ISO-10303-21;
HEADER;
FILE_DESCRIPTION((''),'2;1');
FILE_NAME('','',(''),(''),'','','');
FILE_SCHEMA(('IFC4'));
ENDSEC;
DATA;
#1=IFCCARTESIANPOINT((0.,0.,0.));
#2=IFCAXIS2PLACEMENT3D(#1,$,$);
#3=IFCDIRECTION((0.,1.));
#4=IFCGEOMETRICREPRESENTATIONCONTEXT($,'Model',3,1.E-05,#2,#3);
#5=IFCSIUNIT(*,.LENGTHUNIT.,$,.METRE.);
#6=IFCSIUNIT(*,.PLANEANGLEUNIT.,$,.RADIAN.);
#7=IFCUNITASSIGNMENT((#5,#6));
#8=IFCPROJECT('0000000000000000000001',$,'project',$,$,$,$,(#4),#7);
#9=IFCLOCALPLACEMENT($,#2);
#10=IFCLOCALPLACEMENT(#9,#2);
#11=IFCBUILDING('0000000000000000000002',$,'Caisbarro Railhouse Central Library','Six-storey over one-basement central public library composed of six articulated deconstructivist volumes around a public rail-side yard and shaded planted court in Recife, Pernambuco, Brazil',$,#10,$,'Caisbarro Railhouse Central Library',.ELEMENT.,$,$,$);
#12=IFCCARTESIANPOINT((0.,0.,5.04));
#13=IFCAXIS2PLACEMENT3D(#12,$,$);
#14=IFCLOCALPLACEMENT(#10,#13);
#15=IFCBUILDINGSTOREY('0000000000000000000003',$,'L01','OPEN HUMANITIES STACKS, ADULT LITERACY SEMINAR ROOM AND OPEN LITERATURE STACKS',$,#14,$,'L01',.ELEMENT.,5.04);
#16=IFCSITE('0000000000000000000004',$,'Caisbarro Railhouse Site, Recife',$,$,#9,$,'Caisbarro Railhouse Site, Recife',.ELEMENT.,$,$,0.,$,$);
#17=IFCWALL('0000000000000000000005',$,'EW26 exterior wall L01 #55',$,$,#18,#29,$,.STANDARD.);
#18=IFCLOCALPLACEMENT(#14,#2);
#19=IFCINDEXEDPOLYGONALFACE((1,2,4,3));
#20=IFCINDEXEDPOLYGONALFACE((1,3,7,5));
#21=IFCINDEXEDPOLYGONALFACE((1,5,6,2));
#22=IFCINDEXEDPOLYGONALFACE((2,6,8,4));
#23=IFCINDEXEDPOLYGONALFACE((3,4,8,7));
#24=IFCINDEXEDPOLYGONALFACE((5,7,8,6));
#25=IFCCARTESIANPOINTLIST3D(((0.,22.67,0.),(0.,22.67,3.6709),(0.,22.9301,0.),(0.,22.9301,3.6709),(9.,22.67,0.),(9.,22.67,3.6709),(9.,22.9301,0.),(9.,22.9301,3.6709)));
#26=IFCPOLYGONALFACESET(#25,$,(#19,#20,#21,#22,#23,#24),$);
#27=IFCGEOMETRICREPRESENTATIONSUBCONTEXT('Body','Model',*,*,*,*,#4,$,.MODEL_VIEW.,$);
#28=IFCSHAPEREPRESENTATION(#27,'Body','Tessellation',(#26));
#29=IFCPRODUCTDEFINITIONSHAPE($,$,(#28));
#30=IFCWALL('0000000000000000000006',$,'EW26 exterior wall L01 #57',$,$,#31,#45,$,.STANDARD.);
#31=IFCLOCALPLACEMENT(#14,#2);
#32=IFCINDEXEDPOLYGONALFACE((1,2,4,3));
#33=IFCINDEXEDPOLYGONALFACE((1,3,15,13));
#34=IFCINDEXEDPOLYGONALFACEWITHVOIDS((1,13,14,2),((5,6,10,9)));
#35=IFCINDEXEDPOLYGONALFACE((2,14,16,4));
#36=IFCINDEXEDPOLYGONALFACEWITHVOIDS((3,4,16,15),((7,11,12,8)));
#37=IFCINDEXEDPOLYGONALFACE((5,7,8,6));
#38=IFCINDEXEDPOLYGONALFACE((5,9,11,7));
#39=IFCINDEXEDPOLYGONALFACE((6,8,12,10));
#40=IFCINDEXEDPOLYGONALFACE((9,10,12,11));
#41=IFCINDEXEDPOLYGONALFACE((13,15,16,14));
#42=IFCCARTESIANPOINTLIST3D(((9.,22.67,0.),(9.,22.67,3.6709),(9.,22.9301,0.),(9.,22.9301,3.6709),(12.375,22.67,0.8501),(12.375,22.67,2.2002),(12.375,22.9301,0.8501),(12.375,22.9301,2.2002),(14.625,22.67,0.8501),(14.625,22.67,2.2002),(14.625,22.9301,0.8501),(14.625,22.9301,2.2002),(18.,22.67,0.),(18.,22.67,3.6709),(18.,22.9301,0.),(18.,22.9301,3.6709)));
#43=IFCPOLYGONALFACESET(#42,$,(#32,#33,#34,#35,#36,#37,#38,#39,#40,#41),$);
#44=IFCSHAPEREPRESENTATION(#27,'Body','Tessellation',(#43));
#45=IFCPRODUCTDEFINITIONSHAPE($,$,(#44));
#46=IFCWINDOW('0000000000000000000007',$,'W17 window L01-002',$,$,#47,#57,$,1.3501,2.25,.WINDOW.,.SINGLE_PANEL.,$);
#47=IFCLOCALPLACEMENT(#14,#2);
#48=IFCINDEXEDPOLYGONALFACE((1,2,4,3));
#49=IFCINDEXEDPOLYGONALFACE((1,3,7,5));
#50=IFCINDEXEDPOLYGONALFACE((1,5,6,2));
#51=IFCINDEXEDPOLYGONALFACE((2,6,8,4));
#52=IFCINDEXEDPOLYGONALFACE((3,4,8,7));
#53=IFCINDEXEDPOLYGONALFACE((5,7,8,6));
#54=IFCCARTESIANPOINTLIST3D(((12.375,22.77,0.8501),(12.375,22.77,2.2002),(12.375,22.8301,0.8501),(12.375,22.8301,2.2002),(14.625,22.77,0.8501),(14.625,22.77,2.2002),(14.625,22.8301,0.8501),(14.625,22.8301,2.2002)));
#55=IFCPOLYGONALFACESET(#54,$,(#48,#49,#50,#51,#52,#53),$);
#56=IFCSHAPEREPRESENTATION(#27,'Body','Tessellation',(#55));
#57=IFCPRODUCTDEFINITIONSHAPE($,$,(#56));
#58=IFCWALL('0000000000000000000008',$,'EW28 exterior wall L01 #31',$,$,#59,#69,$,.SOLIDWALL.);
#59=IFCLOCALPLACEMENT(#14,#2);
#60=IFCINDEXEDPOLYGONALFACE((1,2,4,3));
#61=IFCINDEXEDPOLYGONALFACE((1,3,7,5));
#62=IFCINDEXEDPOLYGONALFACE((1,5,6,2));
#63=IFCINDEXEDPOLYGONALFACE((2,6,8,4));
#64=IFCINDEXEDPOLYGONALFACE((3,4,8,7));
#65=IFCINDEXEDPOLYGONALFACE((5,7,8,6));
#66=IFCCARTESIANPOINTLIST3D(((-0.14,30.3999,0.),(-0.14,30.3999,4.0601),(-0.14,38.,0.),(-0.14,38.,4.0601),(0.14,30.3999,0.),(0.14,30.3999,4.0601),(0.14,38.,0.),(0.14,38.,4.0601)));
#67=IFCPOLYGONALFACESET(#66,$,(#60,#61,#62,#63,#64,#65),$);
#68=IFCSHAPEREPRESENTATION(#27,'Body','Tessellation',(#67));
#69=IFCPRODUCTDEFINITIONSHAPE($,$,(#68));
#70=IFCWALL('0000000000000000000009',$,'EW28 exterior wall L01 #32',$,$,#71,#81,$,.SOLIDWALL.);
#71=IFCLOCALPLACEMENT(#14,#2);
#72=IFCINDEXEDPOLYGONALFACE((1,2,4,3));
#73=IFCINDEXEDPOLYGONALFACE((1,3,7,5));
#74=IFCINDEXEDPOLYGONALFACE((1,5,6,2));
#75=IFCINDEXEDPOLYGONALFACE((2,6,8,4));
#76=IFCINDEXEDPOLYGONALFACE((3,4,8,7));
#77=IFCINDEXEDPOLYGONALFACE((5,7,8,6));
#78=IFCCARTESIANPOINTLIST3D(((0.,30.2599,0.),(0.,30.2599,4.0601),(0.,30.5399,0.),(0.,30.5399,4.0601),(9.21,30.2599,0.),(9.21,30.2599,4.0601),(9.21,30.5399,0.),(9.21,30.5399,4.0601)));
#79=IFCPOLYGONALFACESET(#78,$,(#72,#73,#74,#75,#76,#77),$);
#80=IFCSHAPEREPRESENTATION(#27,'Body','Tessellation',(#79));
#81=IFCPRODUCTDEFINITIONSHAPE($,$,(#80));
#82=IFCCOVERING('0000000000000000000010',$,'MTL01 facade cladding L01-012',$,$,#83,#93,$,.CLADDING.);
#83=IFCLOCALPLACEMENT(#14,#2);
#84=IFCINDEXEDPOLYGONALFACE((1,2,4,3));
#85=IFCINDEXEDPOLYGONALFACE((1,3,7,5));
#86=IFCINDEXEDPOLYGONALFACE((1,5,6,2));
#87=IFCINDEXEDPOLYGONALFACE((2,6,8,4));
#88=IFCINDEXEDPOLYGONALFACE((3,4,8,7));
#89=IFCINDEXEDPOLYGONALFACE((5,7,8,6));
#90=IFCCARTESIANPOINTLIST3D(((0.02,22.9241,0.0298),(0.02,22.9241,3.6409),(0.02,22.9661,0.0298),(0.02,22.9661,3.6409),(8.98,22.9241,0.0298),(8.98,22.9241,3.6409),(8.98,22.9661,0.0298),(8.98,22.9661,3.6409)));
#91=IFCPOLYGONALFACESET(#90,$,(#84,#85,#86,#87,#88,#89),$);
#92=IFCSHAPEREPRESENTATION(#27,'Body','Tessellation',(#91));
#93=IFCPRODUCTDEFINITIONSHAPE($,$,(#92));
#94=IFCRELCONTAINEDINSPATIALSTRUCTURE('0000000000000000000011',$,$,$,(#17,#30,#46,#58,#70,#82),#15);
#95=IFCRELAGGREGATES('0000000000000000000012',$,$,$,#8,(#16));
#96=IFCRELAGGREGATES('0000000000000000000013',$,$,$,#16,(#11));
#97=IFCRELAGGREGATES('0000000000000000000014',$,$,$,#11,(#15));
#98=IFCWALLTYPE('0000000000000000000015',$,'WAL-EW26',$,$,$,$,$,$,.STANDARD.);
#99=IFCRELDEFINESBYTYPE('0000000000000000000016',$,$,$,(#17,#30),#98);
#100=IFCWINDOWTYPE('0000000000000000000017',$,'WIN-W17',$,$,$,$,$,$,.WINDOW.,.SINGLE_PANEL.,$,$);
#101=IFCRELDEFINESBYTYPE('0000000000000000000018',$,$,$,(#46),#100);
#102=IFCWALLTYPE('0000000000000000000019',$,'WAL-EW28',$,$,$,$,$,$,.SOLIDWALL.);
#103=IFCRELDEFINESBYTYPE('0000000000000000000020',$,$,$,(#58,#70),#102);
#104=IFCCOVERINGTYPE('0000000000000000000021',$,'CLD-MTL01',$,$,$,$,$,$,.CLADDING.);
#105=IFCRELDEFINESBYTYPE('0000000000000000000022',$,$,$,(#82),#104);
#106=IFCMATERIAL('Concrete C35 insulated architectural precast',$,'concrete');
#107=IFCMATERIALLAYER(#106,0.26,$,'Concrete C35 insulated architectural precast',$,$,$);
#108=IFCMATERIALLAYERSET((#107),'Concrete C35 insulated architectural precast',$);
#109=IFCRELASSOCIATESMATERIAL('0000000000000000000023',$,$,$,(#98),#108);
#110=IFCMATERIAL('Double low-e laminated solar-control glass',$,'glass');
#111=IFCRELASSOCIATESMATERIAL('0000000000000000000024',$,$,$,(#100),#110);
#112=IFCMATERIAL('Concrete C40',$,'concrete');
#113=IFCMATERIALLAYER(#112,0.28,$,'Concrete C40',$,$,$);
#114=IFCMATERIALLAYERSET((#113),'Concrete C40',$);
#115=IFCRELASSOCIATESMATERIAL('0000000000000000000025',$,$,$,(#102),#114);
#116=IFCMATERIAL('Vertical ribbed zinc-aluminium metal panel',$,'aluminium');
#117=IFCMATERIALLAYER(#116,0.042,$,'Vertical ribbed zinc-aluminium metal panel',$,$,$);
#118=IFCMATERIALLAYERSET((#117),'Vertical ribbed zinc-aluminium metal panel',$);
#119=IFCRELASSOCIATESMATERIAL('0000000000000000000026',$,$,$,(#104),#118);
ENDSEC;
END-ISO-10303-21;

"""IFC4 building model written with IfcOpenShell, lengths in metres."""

from ifc_helpers import new_model, si_unit, direction, frame, frame_2d, origin, origin_2d, place, context, subcontext, project, spatial, rectangle, extrude, material, layer, layer_set, type_object, element, fill, save


model = new_model("IFC4")

# Units and contexts
model_context = context("Model", 3, precision=1e-05, world=origin(), true_north=direction((0.0, 1.0)))
body_context = subcontext(model_context, "Body", "Model", "MODEL_VIEW")
ifc_project = project(units=[si_unit("LENGTHUNIT", "METRE"), si_unit("PLANEANGLEUNIT", "RADIAN")], contexts=[model_context])

# Site, building, storey
site_placement = place(None, origin())
site = spatial("IfcSite", under=ifc_project, at=site_placement, Name="Caisbarro Railhouse Site, Recife", LongName="Caisbarro Railhouse Site, Recife", CompositionType="ELEMENT", RefElevation=0.0)
building_placement = place(site_placement, origin())
building = spatial("IfcBuilding", under=site, at=building_placement, Name="Caisbarro Railhouse Central Library", Description="Six-storey over one-basement central public library composed of six articulated deconstructivist volumes around a public rail-side yard and shaded planted court in Recife, Pernambuco, Brazil", LongName="Caisbarro Railhouse Central Library", CompositionType="ELEMENT")
storey_placement = place(building_placement, frame((0.0, 0.0, 5.04)))
storey = spatial("IfcBuildingStorey", under=building, at=storey_placement, Name="L01", Description="OPEN HUMANITIES STACKS, ADULT LITERACY SEMINAR ROOM AND OPEN LITERATURE STACKS", LongName="L01", CompositionType="ELEMENT", Elevation=5.04)

# Shared definitions
ifc_material_1 = material(Name="Double low-e laminated solar-control glass", Category="glass")

# Wall
ifc_material_2 = material(Name="Concrete C35 insulated architectural precast", Category="concrete")
ifc_layer_1 = layer(ifc_material_2, 0.26, Name="Concrete C35 insulated architectural precast")
ifc_layer_set_1 = layer_set([ifc_layer_1], Name="Concrete C35 insulated architectural precast")
wall_type_1 = type_object("IfcWallType", Name="WAL-EW26", PredefinedType="STANDARD", material=ifc_layer_set_1)
wall_1_placement = place(storey_placement, frame((0.0, 22.8, 0.0), z_axis=(0.0, 0.0, 1.0), x_axis=(1.0, 0.0, 0.0)))
element("IfcWall", 1, at=wall_1_placement, inside=storey, type_object=wall_type_1, Name="EW26 exterior wall L01 #55", PredefinedType="STANDARD", context=body_context, shape_type="SweptSolid", body=[
    extrude(rectangle(XDim=9.0, YDim=0.26, at=frame_2d((4.5, 0.0))), origin(), (0.0, 0.0, 1.0), 3.6709),
])

# Wall, opening, window
wall_2_placement = place(storey_placement, frame((9.0, 22.8, 0.0), z_axis=(0.0, 0.0, 1.0), x_axis=(1.0, 0.0, 0.0)))
wall_2 = element("IfcWall", 2, at=wall_2_placement, inside=storey, type_object=wall_type_1, Name="EW26 exterior wall L01 #57", PredefinedType="STANDARD", context=body_context, shape_type="SweptSolid", body=[
    extrude(rectangle(XDim=9.0, YDim=0.26, at=frame_2d((4.5, 0.0))), origin(), (0.0, 0.0, 1.0), 3.6709),
])
opening_placement = place(wall_2_placement, frame((3.375, 0.0, 0.8501)))
opening = element("IfcOpeningElement", 3, at=opening_placement, cuts=wall_2, PredefinedType="OPENING", context=body_context, shape_type="SweptSolid", body=[
    extrude(rectangle(XDim=2.25, YDim=1.3501, at=frame_2d((1.125, 0.675))), frame((0.0, 0.1401, 0.0), z_axis=(0.0, -1.0, 0.0), x_axis=(1.0, 0.0, 0.0)), (0.0, 0.0, 1.0), 0.28),
])
window_type = type_object("IfcWindowType", Name="WIN-W17", PartitioningType="SINGLE_PANEL", PredefinedType="WINDOW", material=ifc_material_1)
window_placement = place(opening_placement, origin())
window = element("IfcWindow", 4, at=window_placement, inside=storey, type_object=window_type, Name="W17 window L01-002", OverallHeight=1.3501, OverallWidth=2.25, PartitioningType="SINGLE_PANEL", PredefinedType="WINDOW", context=body_context, shape_type="SweptSolid", body=[
    extrude(rectangle(XDim=2.25, YDim=1.3501, at=frame_2d((1.125, 0.675))), frame((0.0, 0.03, 0.0), z_axis=(0.0, -1.0, 0.0), x_axis=(1.0, 0.0, 0.0)), (0.0, 0.0, 1.0), 0.0601),
])
fill(opening, window)

# Walls
ifc_material_3 = material(Name="Concrete C40", Category="concrete")
ifc_layer_2 = layer(ifc_material_3, 0.28, Name="Concrete C40")
ifc_layer_set_2 = layer_set([ifc_layer_2], Name="Concrete C40")
wall_type_2 = type_object("IfcWallType", Name="WAL-EW28", PredefinedType="SOLIDWALL", material=ifc_layer_set_2)
wall_3_placement = place(storey_placement, frame((0.0, 30.3999, 0.0), z_axis=(0.0, 0.0, 1.0), x_axis=(0.0, 1.0, 0.0)))
element("IfcWall", 5, at=wall_3_placement, inside=storey, type_object=wall_type_2, Name="EW28 exterior wall L01 #31", PredefinedType="SOLIDWALL", context=body_context, shape_type="SweptSolid", body=[
    extrude(rectangle(XDim=7.6001, YDim=0.28, at=frame_2d((3.8, 0.0))), origin(), (0.0, 0.0, 1.0), 4.0601),
])
wall_4_placement = place(storey_placement, frame((0.0, 30.3999, 0.0), z_axis=(0.0, 0.0, 1.0), x_axis=(1.0, 0.0, 0.0)))
element("IfcWall", 6, at=wall_4_placement, inside=storey, type_object=wall_type_2, Name="EW28 exterior wall L01 #32", PredefinedType="SOLIDWALL", context=body_context, shape_type="SweptSolid", body=[
    extrude(rectangle(XDim=9.21, YDim=0.28, at=frame_2d((4.605, 0.0))), origin(), (0.0, 0.0, 1.0), 4.0601),
])

# Covering
ifc_material_4 = material(Name="Vertical ribbed zinc-aluminium metal panel", Category="aluminium")
ifc_layer_3 = layer(ifc_material_4, 0.042, Name="Vertical ribbed zinc-aluminium metal panel")
ifc_layer_set_3 = layer_set([ifc_layer_3], Name="Vertical ribbed zinc-aluminium metal panel")
covering_type = type_object("IfcCoveringType", Name="CLD-MTL01", PredefinedType="CLADDING", material=ifc_layer_set_3)
covering_placement = place(storey_placement, frame((4.5, 22.9451, 0.0298), z_axis=(0.0, 0.0, 1.0), x_axis=(1.0, 0.0, 0.0)))
element("IfcCovering", 7, at=covering_placement, inside=storey, type_object=covering_type, Name="MTL01 facade cladding L01-012", PredefinedType="CLADDING", context=body_context, shape_type="SweptSolid", body=[
    extrude(rectangle(XDim=8.96, YDim=0.042, at=origin_2d()), origin(), (0.0, 0.0, 1.0), 3.6111),
])

save(model, "model.ifc")
